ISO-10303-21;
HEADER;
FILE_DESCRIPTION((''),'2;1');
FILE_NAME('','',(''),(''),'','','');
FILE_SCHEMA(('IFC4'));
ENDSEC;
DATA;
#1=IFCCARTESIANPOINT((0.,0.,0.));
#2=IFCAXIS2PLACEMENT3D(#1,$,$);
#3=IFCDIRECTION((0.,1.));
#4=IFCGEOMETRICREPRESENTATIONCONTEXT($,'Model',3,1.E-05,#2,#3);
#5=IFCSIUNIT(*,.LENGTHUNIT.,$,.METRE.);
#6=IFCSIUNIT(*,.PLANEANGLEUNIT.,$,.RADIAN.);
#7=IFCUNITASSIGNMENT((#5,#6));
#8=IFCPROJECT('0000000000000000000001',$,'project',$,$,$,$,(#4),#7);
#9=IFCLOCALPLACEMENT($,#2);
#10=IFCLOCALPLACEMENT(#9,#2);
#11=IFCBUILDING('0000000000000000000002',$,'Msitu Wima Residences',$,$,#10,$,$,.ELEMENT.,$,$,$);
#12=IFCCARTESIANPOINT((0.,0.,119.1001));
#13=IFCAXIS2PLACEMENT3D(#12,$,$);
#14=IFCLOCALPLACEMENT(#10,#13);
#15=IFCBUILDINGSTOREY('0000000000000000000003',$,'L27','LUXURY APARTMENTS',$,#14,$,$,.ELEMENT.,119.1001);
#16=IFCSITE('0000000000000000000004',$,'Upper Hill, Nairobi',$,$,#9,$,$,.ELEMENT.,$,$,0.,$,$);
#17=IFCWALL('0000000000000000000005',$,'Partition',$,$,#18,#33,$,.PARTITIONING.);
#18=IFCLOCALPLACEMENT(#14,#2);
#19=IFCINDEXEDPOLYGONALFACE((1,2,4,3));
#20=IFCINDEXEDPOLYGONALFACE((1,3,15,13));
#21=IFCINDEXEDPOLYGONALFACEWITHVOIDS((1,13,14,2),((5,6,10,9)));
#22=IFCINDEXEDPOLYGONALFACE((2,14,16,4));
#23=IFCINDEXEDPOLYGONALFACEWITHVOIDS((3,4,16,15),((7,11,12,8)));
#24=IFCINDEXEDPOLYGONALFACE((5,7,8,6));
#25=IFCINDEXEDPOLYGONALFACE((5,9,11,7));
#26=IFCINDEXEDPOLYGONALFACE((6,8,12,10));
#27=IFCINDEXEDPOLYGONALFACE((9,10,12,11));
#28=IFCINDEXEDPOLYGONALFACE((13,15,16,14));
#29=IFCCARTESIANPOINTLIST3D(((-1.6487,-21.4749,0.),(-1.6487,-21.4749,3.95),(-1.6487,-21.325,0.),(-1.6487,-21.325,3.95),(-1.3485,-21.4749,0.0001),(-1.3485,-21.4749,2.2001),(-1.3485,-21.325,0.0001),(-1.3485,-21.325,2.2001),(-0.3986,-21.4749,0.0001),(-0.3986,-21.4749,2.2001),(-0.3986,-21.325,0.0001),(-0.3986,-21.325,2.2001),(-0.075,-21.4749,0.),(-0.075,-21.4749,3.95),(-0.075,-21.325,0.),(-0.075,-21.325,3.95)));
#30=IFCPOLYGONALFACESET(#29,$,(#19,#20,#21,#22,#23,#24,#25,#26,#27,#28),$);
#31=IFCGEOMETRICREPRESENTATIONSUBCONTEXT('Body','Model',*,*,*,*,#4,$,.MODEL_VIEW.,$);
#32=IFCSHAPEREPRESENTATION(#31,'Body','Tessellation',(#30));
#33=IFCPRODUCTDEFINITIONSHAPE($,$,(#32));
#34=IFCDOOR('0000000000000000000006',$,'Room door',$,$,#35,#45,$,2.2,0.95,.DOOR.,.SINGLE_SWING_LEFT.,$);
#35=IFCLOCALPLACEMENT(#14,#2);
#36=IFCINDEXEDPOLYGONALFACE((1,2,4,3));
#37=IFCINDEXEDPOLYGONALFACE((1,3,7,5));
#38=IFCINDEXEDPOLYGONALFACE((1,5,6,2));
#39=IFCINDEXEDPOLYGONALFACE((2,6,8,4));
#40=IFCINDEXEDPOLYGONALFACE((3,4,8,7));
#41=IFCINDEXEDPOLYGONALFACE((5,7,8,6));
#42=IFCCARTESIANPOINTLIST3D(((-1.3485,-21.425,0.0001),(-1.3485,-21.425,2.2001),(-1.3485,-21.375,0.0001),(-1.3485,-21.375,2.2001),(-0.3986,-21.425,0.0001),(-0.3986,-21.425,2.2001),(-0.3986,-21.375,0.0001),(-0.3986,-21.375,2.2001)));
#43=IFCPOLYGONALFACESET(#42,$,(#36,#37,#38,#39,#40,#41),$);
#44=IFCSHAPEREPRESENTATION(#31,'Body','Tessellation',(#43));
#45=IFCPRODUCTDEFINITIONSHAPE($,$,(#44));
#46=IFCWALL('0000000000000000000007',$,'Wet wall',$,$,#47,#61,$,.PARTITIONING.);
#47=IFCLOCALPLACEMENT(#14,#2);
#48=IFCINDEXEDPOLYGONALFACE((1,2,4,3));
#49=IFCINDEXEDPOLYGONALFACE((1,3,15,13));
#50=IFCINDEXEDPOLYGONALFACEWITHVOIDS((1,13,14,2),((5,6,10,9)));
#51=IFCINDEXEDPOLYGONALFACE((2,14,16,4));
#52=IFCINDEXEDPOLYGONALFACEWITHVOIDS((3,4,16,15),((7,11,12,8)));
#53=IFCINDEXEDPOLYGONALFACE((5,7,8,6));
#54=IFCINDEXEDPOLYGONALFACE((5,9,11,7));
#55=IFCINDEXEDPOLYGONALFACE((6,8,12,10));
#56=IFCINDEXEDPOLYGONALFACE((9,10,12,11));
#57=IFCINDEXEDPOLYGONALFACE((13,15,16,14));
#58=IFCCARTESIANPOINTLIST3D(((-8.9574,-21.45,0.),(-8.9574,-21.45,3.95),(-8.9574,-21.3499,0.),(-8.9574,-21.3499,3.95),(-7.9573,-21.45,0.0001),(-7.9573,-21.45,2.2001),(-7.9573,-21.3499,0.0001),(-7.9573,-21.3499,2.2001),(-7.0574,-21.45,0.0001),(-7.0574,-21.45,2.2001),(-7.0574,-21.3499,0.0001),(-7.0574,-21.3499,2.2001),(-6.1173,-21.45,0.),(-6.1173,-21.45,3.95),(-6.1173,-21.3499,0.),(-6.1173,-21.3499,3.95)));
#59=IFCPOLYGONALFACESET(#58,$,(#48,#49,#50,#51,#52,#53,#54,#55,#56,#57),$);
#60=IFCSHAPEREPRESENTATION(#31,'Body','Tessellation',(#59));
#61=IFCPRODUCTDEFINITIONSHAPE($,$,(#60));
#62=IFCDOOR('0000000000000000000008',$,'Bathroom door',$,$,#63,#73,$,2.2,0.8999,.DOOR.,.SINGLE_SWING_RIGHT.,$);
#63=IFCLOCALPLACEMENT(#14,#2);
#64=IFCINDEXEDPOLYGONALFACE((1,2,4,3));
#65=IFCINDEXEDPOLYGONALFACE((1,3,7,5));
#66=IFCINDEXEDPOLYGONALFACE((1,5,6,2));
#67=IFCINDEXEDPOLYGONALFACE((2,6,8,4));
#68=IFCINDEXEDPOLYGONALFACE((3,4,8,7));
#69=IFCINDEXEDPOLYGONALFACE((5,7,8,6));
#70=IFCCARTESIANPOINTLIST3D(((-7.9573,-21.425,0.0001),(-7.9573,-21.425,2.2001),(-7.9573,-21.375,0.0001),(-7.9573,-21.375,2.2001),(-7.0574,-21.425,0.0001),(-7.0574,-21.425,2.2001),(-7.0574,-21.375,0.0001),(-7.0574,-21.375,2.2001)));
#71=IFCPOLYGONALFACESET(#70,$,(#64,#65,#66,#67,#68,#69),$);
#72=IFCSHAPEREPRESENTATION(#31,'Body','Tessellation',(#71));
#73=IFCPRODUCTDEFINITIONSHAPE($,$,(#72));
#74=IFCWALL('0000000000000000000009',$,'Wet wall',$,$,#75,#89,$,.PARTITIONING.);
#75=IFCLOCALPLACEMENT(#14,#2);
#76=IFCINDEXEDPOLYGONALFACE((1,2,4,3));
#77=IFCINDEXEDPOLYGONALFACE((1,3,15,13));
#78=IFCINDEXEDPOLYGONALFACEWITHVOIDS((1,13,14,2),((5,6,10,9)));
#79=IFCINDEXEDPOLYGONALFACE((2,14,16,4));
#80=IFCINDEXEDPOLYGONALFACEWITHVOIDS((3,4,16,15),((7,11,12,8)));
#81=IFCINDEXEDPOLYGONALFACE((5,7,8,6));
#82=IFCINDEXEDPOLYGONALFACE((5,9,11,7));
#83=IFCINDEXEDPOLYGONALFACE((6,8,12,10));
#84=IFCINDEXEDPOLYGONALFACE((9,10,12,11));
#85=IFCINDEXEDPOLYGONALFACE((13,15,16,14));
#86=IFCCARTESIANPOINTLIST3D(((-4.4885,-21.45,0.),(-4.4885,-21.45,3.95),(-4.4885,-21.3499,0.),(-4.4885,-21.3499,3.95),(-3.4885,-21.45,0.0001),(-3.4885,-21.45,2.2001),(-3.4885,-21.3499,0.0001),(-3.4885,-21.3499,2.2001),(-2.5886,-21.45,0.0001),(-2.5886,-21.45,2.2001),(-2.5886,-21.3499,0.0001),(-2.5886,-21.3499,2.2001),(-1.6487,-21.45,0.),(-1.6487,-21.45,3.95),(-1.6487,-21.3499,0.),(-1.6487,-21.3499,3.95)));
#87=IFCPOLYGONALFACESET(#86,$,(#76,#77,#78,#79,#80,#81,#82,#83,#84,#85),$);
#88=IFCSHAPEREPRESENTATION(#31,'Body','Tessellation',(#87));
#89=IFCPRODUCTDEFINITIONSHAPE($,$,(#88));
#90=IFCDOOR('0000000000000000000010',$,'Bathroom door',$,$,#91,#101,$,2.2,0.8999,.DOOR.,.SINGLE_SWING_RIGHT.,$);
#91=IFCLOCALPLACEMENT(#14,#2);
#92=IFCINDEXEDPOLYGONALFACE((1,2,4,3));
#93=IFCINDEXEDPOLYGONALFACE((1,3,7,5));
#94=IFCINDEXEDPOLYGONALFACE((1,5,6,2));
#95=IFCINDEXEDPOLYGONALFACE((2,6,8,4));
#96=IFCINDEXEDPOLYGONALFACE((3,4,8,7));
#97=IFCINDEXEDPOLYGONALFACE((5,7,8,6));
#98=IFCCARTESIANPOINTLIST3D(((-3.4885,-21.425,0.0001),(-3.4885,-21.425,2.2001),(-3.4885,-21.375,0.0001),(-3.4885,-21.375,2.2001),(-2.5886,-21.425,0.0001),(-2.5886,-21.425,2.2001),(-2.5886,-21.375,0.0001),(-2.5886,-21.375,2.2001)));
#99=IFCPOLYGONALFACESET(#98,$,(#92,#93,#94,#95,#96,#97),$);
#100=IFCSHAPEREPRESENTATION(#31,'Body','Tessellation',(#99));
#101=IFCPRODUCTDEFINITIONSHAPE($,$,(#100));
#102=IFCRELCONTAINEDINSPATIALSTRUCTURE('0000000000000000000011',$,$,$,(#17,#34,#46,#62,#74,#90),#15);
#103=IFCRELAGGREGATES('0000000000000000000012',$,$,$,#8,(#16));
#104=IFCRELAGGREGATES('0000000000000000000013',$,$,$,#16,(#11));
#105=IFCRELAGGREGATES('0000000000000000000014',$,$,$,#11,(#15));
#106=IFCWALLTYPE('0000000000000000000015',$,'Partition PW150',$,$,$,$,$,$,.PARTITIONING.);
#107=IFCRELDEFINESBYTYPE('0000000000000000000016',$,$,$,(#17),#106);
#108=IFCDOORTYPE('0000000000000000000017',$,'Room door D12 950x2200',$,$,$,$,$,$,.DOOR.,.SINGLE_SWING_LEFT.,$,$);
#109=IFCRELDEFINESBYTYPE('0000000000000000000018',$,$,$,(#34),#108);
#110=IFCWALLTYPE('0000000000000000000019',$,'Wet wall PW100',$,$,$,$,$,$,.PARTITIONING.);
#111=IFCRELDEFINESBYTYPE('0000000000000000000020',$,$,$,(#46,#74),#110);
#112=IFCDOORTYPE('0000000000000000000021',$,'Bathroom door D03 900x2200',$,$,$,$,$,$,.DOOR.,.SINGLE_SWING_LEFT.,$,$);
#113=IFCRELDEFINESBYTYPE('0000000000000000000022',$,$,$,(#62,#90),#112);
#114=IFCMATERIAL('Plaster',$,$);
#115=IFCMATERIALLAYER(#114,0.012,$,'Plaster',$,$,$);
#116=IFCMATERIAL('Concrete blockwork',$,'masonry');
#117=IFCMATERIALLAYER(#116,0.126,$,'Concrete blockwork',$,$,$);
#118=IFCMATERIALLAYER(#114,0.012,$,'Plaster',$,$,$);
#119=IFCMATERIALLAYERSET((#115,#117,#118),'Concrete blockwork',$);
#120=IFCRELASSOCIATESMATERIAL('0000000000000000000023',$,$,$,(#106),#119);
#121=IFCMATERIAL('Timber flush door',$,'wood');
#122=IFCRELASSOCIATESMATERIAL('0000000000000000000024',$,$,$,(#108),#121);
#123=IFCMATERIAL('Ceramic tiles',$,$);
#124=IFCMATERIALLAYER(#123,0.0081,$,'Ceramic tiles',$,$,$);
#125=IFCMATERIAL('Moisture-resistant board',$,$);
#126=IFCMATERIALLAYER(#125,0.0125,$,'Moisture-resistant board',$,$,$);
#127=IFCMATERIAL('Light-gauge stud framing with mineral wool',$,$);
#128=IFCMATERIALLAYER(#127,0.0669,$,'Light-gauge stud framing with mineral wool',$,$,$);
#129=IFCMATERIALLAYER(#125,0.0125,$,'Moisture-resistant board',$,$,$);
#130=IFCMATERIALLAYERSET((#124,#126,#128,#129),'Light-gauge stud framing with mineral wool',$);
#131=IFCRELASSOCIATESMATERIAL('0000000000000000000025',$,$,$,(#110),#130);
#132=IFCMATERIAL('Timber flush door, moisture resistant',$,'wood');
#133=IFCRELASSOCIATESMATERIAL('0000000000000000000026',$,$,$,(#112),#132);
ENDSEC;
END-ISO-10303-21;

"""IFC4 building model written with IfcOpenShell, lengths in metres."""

from ifc_helpers import new_model, si_unit, direction, frame, frame_2d, origin, place, context, subcontext, project, spatial, rectangle, extrude, material, layer, layer_set, type_object, element, fill, save


model = new_model("IFC4")

# Units and contexts
model_context = context("Model", 3, precision=1e-05, world=origin(), true_north=direction((0.0, 1.0)))
body_context = subcontext(model_context, "Body", "Model", "MODEL_VIEW")
ifc_project = project(units=[si_unit("LENGTHUNIT", "METRE"), si_unit("PLANEANGLEUNIT", "RADIAN")], contexts=[model_context])

# Site, building, storey
site_placement = place(None, origin())
site = spatial("IfcSite", under=ifc_project, at=site_placement, Name="Upper Hill, Nairobi", CompositionType="ELEMENT", RefElevation=0.0)
building_placement = place(site_placement, origin())
building = spatial("IfcBuilding", under=site, at=building_placement, Name="Msitu Wima Residences", CompositionType="ELEMENT")
storey_placement = place(building_placement, frame((0.0, 0.0, 119.1001)))
storey = spatial("IfcBuildingStorey", under=building, at=storey_placement, Name="L27", Description="LUXURY APARTMENTS", CompositionType="ELEMENT", Elevation=119.1001)

# Shared definitions
ifc_material_1 = material(Name="Plaster")
ifc_layer_1 = layer(ifc_material_1, 0.012, Name="Plaster")
ifc_material_2 = material(Name="Concrete blockwork", Category="masonry")
ifc_layer_2 = layer(ifc_material_2, 0.126, Name="Concrete blockwork")
ifc_layer_3 = layer(ifc_material_1, 0.012, Name="Plaster")
ifc_layer_set_1 = layer_set([ifc_layer_1, ifc_layer_2, ifc_layer_3], Name="Concrete blockwork")
wall_type_1 = type_object("IfcWallType", Name="Partition PW150", PredefinedType="PARTITIONING", material=ifc_layer_set_1)

# Shared definitions
ifc_material_3 = material(Name="Timber flush door", Category="wood")
door_type_1 = type_object("IfcDoorType", Name="Room door D12 950x2200", OperationType="SINGLE_SWING_LEFT", PredefinedType="DOOR", material=ifc_material_3)

# Walls, openings, doors
wall_1_placement = place(storey_placement, frame((-1.6487, -21.3999, 0.0), z_axis=(0.0, 0.0, 1.0), x_axis=(1.0, 0.0, 0.0)))
wall_1 = element("IfcWall", 1, at=wall_1_placement, inside=storey, type_object=wall_type_1, Name="Partition", PredefinedType="PARTITIONING", context=body_context, shape_type="SweptSolid", body=[
    extrude(rectangle(XDim=1.5737, YDim=0.1499, at=frame_2d((0.7869, 0.0))), origin(), (0.0, 0.0, 1.0), 3.95),
])
opening_1_placement = place(wall_1_placement, frame((0.3, 0.0, 0.0)))
opening_1 = element("IfcOpeningElement", 2, at=opening_1_placement, cuts=wall_1, PredefinedType="OPENING", context=body_context, shape_type="SweptSolid", body=[
    extrude(rectangle(XDim=0.95, YDim=2.2, at=frame_2d((0.4751, 1.1001))), frame((0.0, 0.085, 0.0), z_axis=(0.0, -1.0, 0.0), x_axis=(1.0, 0.0, 0.0)), (0.0, 0.0, 1.0), 0.1699),
])
door_1_placement = place(opening_1_placement, origin())
door_1 = element("IfcDoor", 3, at=door_1_placement, inside=storey, type_object=door_type_1, Name="Room door", OperationType="SINGLE_SWING_LEFT", OverallHeight=2.2, OverallWidth=0.95, PredefinedType="DOOR", context=body_context, shape_type="SweptSolid", body=[
    extrude(rectangle(XDim=0.95, YDim=2.2, at=frame_2d((0.4751, 1.1001))), frame((0.0, 0.0249, 0.0), z_axis=(0.0, -1.0, 0.0), x_axis=(1.0, 0.0, 0.0)), (0.0, 0.0, 1.0), 0.05),
])
fill(opening_1, door_1)
ifc_material_4 = material(Name="Ceramic tiles")
ifc_layer_4 = layer(ifc_material_4, 0.0081, Name="Ceramic tiles")
ifc_material_5 = material(Name="Moisture-resistant board")
ifc_layer_5 = layer(ifc_material_5, 0.0125, Name="Moisture-resistant board")
ifc_material_6 = material(Name="Light-gauge stud framing with mineral wool")
ifc_layer_6 = layer(ifc_material_6, 0.0669, Name="Light-gauge stud framing with mineral wool")
ifc_layer_7 = layer(ifc_material_5, 0.0125, Name="Moisture-resistant board")
ifc_layer_set_2 = layer_set([ifc_layer_4, ifc_layer_5, ifc_layer_6, ifc_layer_7], Name="Light-gauge stud framing with mineral wool")
wall_type_2 = type_object("IfcWallType", Name="Wet wall PW100", PredefinedType="PARTITIONING", material=ifc_layer_set_2)
wall_2_placement = place(storey_placement, frame((-8.9573, -21.3999, 0.0), z_axis=(0.0, 0.0, 1.0), x_axis=(1.0, 0.0, 0.0)))
wall_2 = element("IfcWall", 4, at=wall_2_placement, inside=storey, type_object=wall_type_2, Name="Wet wall", PredefinedType="PARTITIONING", context=body_context, shape_type="SweptSolid", body=[
    extrude(rectangle(XDim=2.8401, YDim=0.1001, at=frame_2d((1.4199, 0.0))), origin(), (0.0, 0.0, 1.0), 3.95),
])
opening_2_placement = place(wall_2_placement, frame((1.0, 0.0, 0.0)))
opening_2 = element("IfcOpeningElement", 5, at=opening_2_placement, cuts=wall_2, PredefinedType="OPENING", context=body_context, shape_type="SweptSolid", body=[
    extrude(rectangle(XDim=0.8999, YDim=2.2, at=frame_2d((0.45, 1.1001))), frame((0.0, 0.0601, 0.0), z_axis=(0.0, -1.0, 0.0), x_axis=(1.0, 0.0, 0.0)), (0.0, 0.0, 1.0), 0.1201),
])
ifc_material_7 = material(Name="Timber flush door, moisture resistant", Category="wood")
door_type_2 = type_object("IfcDoorType", Name="Bathroom door D03 900x2200", OperationType="SINGLE_SWING_LEFT", PredefinedType="DOOR", material=ifc_material_7)
door_2_placement = place(opening_2_placement, origin())
door_2 = element("IfcDoor", 6, at=door_2_placement, inside=storey, type_object=door_type_2, Name="Bathroom door", OperationType="SINGLE_SWING_RIGHT", OverallHeight=2.2, OverallWidth=0.8999, PredefinedType="DOOR", context=body_context, shape_type="SweptSolid", body=[
    extrude(rectangle(XDim=0.8999, YDim=2.2, at=frame_2d((0.45, 1.1001))), frame((0.0, 0.0249, 0.0), z_axis=(0.0, -1.0, 0.0), x_axis=(1.0, 0.0, 0.0)), (0.0, 0.0, 1.0), 0.05),
])
fill(opening_2, door_2)
wall_3_placement = place(storey_placement, frame((-4.4885, -21.3999, 0.0), z_axis=(0.0, 0.0, 1.0), x_axis=(1.0, 0.0, 0.0)))
wall_3 = element("IfcWall", 7, at=wall_3_placement, inside=storey, type_object=wall_type_2, Name="Wet wall", PredefinedType="PARTITIONING", context=body_context, shape_type="SweptSolid", body=[
    extrude(rectangle(XDim=2.8398, YDim=0.1001, at=frame_2d((1.4199, 0.0))), origin(), (0.0, 0.0, 1.0), 3.95),
])
opening_3_placement = place(wall_3_placement, frame((1.0, 0.0, 0.0)))
opening_3 = element("IfcOpeningElement", 8, at=opening_3_placement, cuts=wall_3, PredefinedType="OPENING", context=body_context, shape_type="SweptSolid", body=[
    extrude(rectangle(XDim=0.8999, YDim=2.2, at=frame_2d((0.45, 1.1001))), frame((0.0, 0.0601, 0.0), z_axis=(0.0, -1.0, 0.0), x_axis=(1.0, 0.0, 0.0)), (0.0, 0.0, 1.0), 0.1201),
])
door_3_placement = place(opening_3_placement, origin())
door_3 = element("IfcDoor", 9, at=door_3_placement, inside=storey, type_object=door_type_2, Name="Bathroom door", OperationType="SINGLE_SWING_RIGHT", OverallHeight=2.2, OverallWidth=0.8999, PredefinedType="DOOR", context=body_context, shape_type="SweptSolid", body=[
    extrude(rectangle(XDim=0.8999, YDim=2.2, at=frame_2d((0.45, 1.1001))), frame((0.0, 0.0249, 0.0), z_axis=(0.0, -1.0, 0.0), x_axis=(1.0, 0.0, 0.0)), (0.0, 0.0, 1.0), 0.05),
])
fill(opening_3, door_3)

save(model, "model.ifc")
